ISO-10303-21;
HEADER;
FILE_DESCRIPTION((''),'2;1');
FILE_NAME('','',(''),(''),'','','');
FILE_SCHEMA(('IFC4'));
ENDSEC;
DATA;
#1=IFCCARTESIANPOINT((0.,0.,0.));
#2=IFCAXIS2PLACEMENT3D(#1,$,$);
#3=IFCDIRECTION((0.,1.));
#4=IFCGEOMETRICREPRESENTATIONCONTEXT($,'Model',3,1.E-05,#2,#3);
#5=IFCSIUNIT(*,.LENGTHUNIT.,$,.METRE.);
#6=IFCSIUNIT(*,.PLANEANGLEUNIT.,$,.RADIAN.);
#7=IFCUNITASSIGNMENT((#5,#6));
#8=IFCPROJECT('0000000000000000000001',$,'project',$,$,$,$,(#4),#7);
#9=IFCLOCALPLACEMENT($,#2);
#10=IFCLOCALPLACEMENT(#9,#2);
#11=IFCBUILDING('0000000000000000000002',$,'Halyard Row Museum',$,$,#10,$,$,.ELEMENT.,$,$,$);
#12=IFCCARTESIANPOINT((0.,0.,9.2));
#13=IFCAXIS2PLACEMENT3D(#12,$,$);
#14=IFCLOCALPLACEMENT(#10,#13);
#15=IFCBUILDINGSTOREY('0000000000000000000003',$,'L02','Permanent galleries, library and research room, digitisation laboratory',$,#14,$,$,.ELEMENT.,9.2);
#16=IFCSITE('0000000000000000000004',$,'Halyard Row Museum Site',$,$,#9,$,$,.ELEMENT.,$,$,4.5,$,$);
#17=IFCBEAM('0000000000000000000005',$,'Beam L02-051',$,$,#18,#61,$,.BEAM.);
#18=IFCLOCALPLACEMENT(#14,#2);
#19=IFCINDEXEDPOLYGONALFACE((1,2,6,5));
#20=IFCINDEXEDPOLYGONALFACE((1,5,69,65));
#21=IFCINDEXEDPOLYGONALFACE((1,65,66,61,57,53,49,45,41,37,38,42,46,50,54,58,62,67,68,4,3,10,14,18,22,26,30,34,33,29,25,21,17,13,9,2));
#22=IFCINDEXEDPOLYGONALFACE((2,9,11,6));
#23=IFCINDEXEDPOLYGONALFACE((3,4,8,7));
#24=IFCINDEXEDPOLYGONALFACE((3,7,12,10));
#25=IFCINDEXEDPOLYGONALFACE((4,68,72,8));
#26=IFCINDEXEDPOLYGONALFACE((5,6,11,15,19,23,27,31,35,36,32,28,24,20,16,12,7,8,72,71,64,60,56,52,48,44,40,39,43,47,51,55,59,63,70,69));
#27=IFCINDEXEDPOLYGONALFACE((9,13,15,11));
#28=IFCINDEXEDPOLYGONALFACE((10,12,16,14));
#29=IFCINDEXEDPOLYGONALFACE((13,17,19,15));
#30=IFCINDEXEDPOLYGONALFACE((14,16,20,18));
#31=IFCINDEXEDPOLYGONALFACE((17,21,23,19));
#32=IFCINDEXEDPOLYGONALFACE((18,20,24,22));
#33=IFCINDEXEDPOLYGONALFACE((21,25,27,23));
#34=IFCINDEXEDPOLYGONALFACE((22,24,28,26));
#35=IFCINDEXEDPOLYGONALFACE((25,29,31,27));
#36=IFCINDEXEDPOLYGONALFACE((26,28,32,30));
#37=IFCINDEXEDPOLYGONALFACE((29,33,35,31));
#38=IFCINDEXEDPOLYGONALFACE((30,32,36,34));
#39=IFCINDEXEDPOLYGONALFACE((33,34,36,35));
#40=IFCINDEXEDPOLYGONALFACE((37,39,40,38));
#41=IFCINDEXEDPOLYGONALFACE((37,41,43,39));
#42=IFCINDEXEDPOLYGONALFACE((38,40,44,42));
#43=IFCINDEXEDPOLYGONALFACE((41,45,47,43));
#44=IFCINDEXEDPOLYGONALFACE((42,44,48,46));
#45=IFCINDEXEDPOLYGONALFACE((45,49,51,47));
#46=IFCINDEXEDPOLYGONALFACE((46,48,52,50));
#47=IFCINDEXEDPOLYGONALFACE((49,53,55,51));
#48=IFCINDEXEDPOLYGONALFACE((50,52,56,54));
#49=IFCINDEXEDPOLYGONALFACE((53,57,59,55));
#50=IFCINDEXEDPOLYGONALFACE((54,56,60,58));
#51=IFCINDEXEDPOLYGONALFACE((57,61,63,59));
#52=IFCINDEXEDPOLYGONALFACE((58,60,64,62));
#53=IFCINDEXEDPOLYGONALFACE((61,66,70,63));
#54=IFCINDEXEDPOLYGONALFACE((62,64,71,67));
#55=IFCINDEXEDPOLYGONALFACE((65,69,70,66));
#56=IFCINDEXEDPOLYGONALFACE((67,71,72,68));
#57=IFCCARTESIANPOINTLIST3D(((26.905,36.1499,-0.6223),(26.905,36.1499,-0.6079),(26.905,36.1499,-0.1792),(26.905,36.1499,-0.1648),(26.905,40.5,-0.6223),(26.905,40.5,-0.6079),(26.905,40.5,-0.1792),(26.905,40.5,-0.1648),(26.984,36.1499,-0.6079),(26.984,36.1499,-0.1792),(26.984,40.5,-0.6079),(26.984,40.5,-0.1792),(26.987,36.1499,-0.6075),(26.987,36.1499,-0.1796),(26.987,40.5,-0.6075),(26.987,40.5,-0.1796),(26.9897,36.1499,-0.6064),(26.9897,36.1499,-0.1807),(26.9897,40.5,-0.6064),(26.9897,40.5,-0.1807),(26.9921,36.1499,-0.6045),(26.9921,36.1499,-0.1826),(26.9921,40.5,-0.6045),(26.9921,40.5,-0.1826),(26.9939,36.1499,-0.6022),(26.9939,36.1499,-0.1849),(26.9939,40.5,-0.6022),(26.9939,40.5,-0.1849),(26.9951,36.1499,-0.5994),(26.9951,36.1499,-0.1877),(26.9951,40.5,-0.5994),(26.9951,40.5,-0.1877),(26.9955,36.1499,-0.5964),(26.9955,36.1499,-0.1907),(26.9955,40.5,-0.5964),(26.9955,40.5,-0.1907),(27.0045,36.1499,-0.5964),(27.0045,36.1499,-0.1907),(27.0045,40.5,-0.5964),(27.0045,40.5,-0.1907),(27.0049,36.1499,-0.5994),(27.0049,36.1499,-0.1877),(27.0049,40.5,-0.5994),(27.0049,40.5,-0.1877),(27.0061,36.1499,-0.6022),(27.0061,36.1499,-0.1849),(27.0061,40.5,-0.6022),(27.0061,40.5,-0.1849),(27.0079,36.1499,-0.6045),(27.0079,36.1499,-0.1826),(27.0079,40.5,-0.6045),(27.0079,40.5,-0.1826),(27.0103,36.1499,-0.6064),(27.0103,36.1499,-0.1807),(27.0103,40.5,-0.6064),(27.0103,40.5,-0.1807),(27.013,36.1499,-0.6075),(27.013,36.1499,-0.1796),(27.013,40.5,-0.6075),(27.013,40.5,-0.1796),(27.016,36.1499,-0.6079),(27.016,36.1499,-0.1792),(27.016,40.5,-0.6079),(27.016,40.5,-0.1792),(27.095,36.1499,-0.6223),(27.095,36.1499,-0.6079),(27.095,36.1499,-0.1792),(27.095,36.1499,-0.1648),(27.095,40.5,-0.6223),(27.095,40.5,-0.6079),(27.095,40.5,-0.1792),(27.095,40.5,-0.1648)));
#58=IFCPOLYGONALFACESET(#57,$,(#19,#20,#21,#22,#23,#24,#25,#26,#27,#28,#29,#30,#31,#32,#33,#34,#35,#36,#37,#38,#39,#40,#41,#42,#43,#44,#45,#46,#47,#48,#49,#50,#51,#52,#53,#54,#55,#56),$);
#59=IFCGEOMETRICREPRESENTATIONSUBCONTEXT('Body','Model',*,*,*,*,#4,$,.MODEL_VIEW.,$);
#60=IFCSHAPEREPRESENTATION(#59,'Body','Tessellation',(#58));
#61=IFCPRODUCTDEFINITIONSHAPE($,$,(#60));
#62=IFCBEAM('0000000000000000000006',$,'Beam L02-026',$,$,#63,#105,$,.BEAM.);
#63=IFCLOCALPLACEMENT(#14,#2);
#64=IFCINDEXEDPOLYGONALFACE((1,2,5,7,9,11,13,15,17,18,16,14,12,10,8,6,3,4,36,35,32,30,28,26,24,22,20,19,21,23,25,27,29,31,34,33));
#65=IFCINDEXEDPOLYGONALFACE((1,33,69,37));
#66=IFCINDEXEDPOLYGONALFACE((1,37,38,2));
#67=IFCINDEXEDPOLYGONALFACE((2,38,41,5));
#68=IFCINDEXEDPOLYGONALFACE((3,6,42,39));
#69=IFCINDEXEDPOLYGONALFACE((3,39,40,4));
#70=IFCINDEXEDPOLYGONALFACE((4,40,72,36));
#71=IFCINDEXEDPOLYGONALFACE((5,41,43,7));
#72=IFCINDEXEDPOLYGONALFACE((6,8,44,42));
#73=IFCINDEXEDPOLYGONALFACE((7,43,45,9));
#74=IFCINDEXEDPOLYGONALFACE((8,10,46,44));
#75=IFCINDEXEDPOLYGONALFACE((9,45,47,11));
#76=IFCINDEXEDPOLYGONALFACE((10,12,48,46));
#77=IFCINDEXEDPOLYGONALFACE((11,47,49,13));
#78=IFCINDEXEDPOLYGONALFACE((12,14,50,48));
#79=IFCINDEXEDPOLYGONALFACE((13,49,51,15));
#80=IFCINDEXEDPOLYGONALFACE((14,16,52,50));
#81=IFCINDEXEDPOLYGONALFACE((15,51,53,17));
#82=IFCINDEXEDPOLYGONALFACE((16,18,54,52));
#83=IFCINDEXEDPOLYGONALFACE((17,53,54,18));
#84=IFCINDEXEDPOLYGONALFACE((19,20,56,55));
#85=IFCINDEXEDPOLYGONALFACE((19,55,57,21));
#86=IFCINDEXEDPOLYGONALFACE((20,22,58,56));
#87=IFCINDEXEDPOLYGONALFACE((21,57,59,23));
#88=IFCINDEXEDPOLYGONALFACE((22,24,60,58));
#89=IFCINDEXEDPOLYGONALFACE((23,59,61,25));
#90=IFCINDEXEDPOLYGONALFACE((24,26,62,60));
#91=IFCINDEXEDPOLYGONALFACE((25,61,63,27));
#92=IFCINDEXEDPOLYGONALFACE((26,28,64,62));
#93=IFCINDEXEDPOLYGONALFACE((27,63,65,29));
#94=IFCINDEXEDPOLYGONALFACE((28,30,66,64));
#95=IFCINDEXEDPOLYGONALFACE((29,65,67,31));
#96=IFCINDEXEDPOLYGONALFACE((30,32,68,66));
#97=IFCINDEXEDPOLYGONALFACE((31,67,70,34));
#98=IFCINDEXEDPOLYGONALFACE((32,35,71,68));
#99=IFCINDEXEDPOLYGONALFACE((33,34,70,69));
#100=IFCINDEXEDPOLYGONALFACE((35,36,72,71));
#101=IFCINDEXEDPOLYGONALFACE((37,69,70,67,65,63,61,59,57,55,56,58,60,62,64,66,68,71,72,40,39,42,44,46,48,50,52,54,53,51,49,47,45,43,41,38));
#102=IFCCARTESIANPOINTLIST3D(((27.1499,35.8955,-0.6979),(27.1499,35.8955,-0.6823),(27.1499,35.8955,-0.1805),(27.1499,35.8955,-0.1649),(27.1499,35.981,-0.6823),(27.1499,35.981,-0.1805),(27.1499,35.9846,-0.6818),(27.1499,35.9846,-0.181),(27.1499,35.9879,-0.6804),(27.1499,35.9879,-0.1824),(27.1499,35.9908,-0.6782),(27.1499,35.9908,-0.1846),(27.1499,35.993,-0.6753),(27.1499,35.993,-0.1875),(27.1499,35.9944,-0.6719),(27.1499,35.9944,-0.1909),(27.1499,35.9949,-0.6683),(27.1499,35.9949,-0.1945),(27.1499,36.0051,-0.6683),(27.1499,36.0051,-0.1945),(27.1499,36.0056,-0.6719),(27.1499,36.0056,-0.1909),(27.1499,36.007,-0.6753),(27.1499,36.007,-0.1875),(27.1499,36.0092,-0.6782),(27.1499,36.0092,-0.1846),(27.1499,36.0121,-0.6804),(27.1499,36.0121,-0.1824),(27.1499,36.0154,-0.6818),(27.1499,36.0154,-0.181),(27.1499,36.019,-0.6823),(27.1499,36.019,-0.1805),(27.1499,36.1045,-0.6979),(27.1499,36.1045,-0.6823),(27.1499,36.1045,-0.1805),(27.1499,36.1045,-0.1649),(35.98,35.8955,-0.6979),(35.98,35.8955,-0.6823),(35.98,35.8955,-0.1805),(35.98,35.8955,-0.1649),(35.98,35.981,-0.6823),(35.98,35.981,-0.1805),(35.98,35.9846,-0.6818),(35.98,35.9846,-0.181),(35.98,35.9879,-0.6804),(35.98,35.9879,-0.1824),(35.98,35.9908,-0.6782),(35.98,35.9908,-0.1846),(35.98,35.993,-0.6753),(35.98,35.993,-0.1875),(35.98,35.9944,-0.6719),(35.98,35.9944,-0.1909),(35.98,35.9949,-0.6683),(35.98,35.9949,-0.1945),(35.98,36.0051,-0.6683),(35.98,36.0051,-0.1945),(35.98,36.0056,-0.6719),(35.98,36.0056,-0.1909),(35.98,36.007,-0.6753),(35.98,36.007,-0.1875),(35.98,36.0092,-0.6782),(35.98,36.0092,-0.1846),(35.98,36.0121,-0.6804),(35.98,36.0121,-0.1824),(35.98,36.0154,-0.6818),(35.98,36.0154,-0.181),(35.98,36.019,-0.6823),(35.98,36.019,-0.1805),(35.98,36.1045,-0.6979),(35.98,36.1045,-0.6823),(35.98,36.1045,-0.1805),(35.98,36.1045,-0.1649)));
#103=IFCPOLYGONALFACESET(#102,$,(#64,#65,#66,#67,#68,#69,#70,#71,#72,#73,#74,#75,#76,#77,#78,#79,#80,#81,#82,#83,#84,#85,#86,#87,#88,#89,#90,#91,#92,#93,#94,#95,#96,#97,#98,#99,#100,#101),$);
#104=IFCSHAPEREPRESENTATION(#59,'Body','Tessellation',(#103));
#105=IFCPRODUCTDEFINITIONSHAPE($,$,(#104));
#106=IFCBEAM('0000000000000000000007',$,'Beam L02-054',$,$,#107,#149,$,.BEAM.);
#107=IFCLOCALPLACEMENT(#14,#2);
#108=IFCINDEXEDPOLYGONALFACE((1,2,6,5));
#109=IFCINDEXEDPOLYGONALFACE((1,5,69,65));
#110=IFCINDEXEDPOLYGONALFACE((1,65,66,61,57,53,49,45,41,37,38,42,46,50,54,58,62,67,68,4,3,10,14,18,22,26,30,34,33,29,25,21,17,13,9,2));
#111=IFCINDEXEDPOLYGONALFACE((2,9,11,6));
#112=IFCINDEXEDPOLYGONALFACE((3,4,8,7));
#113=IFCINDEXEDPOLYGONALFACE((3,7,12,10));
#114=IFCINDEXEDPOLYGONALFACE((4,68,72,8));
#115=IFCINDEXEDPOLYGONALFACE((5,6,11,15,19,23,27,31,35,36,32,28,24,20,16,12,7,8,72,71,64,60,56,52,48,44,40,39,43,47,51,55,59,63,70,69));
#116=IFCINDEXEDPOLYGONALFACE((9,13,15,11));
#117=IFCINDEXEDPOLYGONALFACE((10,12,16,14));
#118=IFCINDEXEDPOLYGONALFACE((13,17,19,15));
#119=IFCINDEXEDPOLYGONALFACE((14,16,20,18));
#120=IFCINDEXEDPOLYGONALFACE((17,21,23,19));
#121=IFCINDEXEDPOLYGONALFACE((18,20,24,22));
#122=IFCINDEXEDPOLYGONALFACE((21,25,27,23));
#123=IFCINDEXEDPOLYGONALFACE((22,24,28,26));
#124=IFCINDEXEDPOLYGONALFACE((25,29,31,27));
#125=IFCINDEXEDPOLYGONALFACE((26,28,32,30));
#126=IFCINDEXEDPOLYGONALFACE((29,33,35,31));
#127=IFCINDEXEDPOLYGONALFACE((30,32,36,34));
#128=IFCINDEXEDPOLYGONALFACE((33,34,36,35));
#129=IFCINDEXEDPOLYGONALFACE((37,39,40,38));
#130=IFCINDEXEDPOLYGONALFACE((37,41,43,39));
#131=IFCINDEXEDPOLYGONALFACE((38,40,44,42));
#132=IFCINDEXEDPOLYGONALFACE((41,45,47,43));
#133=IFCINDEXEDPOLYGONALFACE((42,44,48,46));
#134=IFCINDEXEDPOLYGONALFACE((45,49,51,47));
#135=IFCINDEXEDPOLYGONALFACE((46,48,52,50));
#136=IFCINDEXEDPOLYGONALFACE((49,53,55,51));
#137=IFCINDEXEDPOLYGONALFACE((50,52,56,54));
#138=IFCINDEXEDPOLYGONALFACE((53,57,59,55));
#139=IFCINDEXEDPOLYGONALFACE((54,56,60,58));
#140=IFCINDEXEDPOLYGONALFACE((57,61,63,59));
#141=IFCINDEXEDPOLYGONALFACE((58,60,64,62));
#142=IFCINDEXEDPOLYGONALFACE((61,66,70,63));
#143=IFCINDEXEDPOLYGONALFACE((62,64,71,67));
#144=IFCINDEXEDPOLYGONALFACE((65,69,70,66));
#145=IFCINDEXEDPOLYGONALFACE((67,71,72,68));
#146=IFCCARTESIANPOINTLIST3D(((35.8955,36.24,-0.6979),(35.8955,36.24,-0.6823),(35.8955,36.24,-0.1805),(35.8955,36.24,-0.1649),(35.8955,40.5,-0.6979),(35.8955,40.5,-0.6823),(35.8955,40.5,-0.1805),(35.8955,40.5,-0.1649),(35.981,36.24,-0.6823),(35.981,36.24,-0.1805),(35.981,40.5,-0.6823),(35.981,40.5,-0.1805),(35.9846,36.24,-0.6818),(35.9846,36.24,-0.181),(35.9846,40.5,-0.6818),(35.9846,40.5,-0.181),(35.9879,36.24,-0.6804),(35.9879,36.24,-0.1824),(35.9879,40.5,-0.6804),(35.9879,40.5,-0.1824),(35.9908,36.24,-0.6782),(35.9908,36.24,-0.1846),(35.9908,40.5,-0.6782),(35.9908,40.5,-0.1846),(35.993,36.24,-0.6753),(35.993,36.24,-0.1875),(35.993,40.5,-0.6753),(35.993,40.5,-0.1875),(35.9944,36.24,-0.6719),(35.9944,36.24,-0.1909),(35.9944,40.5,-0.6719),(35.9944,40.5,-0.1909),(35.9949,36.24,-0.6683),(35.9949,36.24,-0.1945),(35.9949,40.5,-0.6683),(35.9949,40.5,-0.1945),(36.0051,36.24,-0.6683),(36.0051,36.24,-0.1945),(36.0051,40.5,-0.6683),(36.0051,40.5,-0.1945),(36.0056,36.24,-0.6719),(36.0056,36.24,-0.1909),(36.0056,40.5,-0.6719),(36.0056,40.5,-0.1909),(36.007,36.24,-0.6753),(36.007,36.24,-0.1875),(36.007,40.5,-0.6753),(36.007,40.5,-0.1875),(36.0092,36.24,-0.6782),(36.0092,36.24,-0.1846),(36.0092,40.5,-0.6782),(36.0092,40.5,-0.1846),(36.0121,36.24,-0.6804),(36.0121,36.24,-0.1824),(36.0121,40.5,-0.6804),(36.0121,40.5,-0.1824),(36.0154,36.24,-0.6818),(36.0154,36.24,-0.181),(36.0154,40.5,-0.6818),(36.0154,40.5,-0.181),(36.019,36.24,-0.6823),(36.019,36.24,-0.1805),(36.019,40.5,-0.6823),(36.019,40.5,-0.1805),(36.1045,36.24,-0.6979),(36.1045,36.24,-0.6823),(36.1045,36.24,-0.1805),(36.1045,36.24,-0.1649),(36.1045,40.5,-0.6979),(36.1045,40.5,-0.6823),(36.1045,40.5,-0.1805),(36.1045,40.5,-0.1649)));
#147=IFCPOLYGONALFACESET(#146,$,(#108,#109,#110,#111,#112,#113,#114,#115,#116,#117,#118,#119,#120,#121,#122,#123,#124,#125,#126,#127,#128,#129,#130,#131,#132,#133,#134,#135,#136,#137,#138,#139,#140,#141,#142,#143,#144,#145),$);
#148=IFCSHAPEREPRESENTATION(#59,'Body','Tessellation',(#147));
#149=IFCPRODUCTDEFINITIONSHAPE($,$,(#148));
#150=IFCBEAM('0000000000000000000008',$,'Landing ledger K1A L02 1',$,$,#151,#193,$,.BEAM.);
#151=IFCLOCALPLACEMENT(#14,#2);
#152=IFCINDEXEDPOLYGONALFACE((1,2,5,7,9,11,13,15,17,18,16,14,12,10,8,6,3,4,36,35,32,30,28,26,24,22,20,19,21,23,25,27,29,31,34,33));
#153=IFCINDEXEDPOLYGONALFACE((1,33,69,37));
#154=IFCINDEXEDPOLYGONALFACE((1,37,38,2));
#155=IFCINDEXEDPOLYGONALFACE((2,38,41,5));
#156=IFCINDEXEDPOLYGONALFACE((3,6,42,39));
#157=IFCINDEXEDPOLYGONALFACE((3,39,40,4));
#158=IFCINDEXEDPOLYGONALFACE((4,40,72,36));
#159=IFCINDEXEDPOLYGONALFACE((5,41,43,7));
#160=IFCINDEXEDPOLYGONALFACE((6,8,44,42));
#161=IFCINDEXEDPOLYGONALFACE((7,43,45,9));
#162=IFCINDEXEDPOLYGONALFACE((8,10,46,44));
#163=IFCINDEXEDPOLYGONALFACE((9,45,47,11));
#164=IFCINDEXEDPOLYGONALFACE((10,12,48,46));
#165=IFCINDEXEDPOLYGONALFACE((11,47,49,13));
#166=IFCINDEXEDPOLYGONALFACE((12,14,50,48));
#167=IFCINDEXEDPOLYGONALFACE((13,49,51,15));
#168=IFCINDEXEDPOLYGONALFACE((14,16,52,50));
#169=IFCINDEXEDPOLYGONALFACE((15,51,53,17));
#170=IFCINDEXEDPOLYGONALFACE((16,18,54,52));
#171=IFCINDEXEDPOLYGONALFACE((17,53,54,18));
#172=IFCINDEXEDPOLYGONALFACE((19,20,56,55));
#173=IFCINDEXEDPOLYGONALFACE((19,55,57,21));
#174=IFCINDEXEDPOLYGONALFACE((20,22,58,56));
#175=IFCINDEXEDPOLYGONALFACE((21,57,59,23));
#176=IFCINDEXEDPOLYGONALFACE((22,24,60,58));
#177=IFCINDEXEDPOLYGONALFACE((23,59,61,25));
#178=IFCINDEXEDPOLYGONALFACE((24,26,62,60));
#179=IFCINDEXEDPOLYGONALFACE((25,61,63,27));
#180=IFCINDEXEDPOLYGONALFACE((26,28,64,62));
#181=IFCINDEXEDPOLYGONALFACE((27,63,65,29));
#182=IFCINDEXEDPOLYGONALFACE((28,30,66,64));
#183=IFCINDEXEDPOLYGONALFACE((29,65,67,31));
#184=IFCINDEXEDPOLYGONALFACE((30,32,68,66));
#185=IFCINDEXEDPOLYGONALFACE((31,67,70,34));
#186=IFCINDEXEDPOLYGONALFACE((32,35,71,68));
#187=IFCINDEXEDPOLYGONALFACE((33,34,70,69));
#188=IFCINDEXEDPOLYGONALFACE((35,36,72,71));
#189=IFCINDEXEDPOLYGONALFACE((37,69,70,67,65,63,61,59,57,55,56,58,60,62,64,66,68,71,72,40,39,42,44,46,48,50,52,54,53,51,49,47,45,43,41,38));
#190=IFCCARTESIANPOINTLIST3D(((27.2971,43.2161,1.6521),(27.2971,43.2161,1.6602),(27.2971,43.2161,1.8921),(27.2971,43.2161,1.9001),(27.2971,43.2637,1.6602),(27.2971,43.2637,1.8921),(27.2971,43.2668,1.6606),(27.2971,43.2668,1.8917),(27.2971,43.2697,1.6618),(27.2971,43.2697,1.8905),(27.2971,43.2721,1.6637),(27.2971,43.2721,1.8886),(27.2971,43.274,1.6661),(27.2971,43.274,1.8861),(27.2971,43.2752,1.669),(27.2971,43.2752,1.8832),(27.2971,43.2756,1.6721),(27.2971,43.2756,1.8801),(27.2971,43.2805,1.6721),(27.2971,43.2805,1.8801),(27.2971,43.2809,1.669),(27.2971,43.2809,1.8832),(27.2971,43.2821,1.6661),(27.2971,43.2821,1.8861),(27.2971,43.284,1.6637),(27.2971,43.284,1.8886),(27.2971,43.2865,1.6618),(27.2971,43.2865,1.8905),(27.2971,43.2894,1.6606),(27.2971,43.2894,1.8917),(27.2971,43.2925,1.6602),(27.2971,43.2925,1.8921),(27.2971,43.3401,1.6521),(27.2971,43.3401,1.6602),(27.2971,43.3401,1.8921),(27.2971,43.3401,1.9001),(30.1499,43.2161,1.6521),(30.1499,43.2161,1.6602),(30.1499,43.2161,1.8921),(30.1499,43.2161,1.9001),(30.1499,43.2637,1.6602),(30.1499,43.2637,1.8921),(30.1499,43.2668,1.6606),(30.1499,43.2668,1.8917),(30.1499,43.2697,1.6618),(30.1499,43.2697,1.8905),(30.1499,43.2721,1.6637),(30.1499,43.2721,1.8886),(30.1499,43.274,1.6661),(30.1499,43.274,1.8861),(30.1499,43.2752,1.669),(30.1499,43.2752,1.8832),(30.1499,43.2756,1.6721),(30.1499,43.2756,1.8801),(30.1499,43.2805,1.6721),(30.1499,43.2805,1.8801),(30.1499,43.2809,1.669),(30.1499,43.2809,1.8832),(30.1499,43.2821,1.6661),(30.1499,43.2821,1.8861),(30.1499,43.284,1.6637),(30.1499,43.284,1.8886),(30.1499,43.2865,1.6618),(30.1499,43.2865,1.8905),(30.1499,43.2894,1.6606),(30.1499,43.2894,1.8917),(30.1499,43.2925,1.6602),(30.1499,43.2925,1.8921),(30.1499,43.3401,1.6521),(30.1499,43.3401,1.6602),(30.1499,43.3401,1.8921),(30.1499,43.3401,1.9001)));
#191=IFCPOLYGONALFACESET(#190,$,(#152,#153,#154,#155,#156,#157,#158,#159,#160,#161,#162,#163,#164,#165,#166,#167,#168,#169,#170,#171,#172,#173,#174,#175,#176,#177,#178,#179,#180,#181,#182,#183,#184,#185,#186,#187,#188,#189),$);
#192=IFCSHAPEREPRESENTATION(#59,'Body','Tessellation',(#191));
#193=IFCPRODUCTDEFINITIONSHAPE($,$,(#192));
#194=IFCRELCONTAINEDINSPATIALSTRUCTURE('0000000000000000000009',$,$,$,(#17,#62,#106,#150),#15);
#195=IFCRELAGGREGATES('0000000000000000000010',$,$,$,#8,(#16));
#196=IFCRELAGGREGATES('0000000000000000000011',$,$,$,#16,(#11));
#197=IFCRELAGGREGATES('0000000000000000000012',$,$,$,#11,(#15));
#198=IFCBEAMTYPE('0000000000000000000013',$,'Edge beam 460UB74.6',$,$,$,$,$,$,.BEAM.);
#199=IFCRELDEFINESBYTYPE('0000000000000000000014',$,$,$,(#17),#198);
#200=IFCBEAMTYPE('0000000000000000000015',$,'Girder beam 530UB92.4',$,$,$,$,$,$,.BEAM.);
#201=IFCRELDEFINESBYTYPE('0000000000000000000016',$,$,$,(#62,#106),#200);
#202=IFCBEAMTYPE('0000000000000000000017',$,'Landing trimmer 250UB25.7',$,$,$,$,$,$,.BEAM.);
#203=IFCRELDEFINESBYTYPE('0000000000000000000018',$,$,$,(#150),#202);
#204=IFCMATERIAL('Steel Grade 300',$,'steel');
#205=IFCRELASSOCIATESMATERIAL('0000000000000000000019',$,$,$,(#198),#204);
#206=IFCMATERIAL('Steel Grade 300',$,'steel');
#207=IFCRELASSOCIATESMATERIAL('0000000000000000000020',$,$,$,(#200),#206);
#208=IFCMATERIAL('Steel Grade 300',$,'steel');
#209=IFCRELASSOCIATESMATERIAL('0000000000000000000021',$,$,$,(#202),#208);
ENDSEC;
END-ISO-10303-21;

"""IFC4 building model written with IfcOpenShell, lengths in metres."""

from ifc_helpers import new_model, si_unit, direction, frame, origin, origin_2d, place, context, subcontext, project, spatial, i_section, extrude, material, material_profile, profile_set, type_object, element, save


model = new_model("IFC4")

# Units and contexts
model_context = context("Model", 3, precision=1e-05, world=origin(), true_north=direction((0.0, 1.0)))
body_context = subcontext(model_context, "Body", "Model", "MODEL_VIEW")
ifc_project = project(units=[si_unit("LENGTHUNIT", "METRE"), si_unit("PLANEANGLEUNIT", "RADIAN")], contexts=[model_context])

# Site, building, storey
site_placement = place(None, origin())
site = spatial("IfcSite", under=ifc_project, at=site_placement, Name="Halyard Row Museum Site", CompositionType="ELEMENT", RefElevation=4.5)
building_placement = place(site_placement, origin())
building = spatial("IfcBuilding", under=site, at=building_placement, Name="Halyard Row Museum", CompositionType="ELEMENT")
storey_placement = place(building_placement, frame((0.0, 0.0, 9.2)))
storey = spatial("IfcBuildingStorey", under=building, at=storey_placement, Name="L02", Description="Permanent galleries, library and research room, digitisation laboratory", CompositionType="ELEMENT", Elevation=9.2)

# Beams
ifc_material_1 = material(Name="Steel Grade 300", Category="steel")
ifc_material_profile_1 = material_profile(ifc_material_1, i_section(OverallWidth=0.1899, OverallDepth=0.4575, WebThickness=0.009, FlangeThickness=0.0144, FilletRadius=0.0115, at=origin_2d()), Name="460UB74.6")
ifc_profile_set_1 = profile_set([ifc_material_profile_1], Name="Steel Grade 300")
beam_type_1 = type_object("IfcBeamType", Name="Edge beam 460UB74.6", PredefinedType="BEAM", material=ifc_profile_set_1)
beam_1_placement = place(storey_placement, frame((27.0, 36.1499, -0.3936), z_axis=(0.0, 1.0, 0.0), x_axis=(-1.0, 0.0, 0.0)))
element("IfcBeam", 1, at=beam_1_placement, inside=storey, type_object=beam_type_1, Name="Beam L02-051", PredefinedType="BEAM", context=body_context, shape_type="SweptSolid", body=[
    extrude(i_section(OverallWidth=0.1899, OverallDepth=0.4575, WebThickness=0.009, FlangeThickness=0.0144, FilletRadius=0.0115, at=origin_2d()), origin(), (0.0, 0.0, 1.0), 4.3501),
])
ifc_material_2 = material(Name="Steel Grade 300", Category="steel")
ifc_material_profile_2 = material_profile(ifc_material_2, i_section(OverallWidth=0.209, OverallDepth=0.533, WebThickness=0.0103, FlangeThickness=0.0156, FilletRadius=0.0139, at=origin_2d()), Name="530UB92.4")
ifc_profile_set_2 = profile_set([ifc_material_profile_2], Name="Steel Grade 300")
beam_type_2 = type_object("IfcBeamType", Name="Girder beam 530UB92.4", PredefinedType="BEAM", material=ifc_profile_set_2)
beam_2_placement = place(storey_placement, frame((27.1499, 36.0, -0.4314), z_axis=(1.0, 0.0, 0.0), x_axis=(0.0, 1.0, 0.0)))
element("IfcBeam", 2, at=beam_2_placement, inside=storey, type_object=beam_type_2, Name="Beam L02-026", PredefinedType="BEAM", context=body_context, shape_type="SweptSolid", body=[
    extrude(i_section(OverallWidth=0.209, OverallDepth=0.533, WebThickness=0.0103, FlangeThickness=0.0156, FilletRadius=0.0139, at=origin_2d()), origin(), (0.0, 0.0, 1.0), 8.8301),
])
beam_3_placement = place(storey_placement, frame((36.0, 36.24, -0.4314), z_axis=(0.0, 1.0, 0.0), x_axis=(-1.0, 0.0, 0.0)))
element("IfcBeam", 3, at=beam_3_placement, inside=storey, type_object=beam_type_2, Name="Beam L02-054", PredefinedType="BEAM", context=body_context, shape_type="SweptSolid", body=[
    extrude(i_section(OverallWidth=0.209, OverallDepth=0.533, WebThickness=0.0103, FlangeThickness=0.0156, FilletRadius=0.0139, at=origin_2d()), origin(), (0.0, 0.0, 1.0), 4.26),
])
ifc_material_3 = material(Name="Steel Grade 300", Category="steel")
ifc_material_profile_3 = material_profile(ifc_material_3, i_section(OverallWidth=0.124, OverallDepth=0.248, WebThickness=0.0049, FlangeThickness=0.0081, FilletRadius=0.012, at=origin_2d()), Name="250UB25.7")
ifc_profile_set_3 = profile_set([ifc_material_profile_3], Name="Steel Grade 300")
beam_type_3 = type_object("IfcBeamType", Name="Landing trimmer 250UB25.7", PredefinedType="BEAM", material=ifc_profile_set_3)
beam_4_placement = place(storey_placement, frame((27.2971, 43.2781, 1.7761), z_axis=(1.0, 0.0, 0.0), x_axis=(0.0, 1.0, 0.0)))
element("IfcBeam", 4, at=beam_4_placement, inside=storey, type_object=beam_type_3, Name="Landing ledger K1A L02 1", PredefinedType="BEAM", context=body_context, shape_type="SweptSolid", body=[
    extrude(i_section(OverallWidth=0.124, OverallDepth=0.248, WebThickness=0.0049, FlangeThickness=0.0081, FilletRadius=0.012, at=origin_2d()), origin(), (0.0, 0.0, 1.0), 2.8528),
])

save(model, "model.ifc")
